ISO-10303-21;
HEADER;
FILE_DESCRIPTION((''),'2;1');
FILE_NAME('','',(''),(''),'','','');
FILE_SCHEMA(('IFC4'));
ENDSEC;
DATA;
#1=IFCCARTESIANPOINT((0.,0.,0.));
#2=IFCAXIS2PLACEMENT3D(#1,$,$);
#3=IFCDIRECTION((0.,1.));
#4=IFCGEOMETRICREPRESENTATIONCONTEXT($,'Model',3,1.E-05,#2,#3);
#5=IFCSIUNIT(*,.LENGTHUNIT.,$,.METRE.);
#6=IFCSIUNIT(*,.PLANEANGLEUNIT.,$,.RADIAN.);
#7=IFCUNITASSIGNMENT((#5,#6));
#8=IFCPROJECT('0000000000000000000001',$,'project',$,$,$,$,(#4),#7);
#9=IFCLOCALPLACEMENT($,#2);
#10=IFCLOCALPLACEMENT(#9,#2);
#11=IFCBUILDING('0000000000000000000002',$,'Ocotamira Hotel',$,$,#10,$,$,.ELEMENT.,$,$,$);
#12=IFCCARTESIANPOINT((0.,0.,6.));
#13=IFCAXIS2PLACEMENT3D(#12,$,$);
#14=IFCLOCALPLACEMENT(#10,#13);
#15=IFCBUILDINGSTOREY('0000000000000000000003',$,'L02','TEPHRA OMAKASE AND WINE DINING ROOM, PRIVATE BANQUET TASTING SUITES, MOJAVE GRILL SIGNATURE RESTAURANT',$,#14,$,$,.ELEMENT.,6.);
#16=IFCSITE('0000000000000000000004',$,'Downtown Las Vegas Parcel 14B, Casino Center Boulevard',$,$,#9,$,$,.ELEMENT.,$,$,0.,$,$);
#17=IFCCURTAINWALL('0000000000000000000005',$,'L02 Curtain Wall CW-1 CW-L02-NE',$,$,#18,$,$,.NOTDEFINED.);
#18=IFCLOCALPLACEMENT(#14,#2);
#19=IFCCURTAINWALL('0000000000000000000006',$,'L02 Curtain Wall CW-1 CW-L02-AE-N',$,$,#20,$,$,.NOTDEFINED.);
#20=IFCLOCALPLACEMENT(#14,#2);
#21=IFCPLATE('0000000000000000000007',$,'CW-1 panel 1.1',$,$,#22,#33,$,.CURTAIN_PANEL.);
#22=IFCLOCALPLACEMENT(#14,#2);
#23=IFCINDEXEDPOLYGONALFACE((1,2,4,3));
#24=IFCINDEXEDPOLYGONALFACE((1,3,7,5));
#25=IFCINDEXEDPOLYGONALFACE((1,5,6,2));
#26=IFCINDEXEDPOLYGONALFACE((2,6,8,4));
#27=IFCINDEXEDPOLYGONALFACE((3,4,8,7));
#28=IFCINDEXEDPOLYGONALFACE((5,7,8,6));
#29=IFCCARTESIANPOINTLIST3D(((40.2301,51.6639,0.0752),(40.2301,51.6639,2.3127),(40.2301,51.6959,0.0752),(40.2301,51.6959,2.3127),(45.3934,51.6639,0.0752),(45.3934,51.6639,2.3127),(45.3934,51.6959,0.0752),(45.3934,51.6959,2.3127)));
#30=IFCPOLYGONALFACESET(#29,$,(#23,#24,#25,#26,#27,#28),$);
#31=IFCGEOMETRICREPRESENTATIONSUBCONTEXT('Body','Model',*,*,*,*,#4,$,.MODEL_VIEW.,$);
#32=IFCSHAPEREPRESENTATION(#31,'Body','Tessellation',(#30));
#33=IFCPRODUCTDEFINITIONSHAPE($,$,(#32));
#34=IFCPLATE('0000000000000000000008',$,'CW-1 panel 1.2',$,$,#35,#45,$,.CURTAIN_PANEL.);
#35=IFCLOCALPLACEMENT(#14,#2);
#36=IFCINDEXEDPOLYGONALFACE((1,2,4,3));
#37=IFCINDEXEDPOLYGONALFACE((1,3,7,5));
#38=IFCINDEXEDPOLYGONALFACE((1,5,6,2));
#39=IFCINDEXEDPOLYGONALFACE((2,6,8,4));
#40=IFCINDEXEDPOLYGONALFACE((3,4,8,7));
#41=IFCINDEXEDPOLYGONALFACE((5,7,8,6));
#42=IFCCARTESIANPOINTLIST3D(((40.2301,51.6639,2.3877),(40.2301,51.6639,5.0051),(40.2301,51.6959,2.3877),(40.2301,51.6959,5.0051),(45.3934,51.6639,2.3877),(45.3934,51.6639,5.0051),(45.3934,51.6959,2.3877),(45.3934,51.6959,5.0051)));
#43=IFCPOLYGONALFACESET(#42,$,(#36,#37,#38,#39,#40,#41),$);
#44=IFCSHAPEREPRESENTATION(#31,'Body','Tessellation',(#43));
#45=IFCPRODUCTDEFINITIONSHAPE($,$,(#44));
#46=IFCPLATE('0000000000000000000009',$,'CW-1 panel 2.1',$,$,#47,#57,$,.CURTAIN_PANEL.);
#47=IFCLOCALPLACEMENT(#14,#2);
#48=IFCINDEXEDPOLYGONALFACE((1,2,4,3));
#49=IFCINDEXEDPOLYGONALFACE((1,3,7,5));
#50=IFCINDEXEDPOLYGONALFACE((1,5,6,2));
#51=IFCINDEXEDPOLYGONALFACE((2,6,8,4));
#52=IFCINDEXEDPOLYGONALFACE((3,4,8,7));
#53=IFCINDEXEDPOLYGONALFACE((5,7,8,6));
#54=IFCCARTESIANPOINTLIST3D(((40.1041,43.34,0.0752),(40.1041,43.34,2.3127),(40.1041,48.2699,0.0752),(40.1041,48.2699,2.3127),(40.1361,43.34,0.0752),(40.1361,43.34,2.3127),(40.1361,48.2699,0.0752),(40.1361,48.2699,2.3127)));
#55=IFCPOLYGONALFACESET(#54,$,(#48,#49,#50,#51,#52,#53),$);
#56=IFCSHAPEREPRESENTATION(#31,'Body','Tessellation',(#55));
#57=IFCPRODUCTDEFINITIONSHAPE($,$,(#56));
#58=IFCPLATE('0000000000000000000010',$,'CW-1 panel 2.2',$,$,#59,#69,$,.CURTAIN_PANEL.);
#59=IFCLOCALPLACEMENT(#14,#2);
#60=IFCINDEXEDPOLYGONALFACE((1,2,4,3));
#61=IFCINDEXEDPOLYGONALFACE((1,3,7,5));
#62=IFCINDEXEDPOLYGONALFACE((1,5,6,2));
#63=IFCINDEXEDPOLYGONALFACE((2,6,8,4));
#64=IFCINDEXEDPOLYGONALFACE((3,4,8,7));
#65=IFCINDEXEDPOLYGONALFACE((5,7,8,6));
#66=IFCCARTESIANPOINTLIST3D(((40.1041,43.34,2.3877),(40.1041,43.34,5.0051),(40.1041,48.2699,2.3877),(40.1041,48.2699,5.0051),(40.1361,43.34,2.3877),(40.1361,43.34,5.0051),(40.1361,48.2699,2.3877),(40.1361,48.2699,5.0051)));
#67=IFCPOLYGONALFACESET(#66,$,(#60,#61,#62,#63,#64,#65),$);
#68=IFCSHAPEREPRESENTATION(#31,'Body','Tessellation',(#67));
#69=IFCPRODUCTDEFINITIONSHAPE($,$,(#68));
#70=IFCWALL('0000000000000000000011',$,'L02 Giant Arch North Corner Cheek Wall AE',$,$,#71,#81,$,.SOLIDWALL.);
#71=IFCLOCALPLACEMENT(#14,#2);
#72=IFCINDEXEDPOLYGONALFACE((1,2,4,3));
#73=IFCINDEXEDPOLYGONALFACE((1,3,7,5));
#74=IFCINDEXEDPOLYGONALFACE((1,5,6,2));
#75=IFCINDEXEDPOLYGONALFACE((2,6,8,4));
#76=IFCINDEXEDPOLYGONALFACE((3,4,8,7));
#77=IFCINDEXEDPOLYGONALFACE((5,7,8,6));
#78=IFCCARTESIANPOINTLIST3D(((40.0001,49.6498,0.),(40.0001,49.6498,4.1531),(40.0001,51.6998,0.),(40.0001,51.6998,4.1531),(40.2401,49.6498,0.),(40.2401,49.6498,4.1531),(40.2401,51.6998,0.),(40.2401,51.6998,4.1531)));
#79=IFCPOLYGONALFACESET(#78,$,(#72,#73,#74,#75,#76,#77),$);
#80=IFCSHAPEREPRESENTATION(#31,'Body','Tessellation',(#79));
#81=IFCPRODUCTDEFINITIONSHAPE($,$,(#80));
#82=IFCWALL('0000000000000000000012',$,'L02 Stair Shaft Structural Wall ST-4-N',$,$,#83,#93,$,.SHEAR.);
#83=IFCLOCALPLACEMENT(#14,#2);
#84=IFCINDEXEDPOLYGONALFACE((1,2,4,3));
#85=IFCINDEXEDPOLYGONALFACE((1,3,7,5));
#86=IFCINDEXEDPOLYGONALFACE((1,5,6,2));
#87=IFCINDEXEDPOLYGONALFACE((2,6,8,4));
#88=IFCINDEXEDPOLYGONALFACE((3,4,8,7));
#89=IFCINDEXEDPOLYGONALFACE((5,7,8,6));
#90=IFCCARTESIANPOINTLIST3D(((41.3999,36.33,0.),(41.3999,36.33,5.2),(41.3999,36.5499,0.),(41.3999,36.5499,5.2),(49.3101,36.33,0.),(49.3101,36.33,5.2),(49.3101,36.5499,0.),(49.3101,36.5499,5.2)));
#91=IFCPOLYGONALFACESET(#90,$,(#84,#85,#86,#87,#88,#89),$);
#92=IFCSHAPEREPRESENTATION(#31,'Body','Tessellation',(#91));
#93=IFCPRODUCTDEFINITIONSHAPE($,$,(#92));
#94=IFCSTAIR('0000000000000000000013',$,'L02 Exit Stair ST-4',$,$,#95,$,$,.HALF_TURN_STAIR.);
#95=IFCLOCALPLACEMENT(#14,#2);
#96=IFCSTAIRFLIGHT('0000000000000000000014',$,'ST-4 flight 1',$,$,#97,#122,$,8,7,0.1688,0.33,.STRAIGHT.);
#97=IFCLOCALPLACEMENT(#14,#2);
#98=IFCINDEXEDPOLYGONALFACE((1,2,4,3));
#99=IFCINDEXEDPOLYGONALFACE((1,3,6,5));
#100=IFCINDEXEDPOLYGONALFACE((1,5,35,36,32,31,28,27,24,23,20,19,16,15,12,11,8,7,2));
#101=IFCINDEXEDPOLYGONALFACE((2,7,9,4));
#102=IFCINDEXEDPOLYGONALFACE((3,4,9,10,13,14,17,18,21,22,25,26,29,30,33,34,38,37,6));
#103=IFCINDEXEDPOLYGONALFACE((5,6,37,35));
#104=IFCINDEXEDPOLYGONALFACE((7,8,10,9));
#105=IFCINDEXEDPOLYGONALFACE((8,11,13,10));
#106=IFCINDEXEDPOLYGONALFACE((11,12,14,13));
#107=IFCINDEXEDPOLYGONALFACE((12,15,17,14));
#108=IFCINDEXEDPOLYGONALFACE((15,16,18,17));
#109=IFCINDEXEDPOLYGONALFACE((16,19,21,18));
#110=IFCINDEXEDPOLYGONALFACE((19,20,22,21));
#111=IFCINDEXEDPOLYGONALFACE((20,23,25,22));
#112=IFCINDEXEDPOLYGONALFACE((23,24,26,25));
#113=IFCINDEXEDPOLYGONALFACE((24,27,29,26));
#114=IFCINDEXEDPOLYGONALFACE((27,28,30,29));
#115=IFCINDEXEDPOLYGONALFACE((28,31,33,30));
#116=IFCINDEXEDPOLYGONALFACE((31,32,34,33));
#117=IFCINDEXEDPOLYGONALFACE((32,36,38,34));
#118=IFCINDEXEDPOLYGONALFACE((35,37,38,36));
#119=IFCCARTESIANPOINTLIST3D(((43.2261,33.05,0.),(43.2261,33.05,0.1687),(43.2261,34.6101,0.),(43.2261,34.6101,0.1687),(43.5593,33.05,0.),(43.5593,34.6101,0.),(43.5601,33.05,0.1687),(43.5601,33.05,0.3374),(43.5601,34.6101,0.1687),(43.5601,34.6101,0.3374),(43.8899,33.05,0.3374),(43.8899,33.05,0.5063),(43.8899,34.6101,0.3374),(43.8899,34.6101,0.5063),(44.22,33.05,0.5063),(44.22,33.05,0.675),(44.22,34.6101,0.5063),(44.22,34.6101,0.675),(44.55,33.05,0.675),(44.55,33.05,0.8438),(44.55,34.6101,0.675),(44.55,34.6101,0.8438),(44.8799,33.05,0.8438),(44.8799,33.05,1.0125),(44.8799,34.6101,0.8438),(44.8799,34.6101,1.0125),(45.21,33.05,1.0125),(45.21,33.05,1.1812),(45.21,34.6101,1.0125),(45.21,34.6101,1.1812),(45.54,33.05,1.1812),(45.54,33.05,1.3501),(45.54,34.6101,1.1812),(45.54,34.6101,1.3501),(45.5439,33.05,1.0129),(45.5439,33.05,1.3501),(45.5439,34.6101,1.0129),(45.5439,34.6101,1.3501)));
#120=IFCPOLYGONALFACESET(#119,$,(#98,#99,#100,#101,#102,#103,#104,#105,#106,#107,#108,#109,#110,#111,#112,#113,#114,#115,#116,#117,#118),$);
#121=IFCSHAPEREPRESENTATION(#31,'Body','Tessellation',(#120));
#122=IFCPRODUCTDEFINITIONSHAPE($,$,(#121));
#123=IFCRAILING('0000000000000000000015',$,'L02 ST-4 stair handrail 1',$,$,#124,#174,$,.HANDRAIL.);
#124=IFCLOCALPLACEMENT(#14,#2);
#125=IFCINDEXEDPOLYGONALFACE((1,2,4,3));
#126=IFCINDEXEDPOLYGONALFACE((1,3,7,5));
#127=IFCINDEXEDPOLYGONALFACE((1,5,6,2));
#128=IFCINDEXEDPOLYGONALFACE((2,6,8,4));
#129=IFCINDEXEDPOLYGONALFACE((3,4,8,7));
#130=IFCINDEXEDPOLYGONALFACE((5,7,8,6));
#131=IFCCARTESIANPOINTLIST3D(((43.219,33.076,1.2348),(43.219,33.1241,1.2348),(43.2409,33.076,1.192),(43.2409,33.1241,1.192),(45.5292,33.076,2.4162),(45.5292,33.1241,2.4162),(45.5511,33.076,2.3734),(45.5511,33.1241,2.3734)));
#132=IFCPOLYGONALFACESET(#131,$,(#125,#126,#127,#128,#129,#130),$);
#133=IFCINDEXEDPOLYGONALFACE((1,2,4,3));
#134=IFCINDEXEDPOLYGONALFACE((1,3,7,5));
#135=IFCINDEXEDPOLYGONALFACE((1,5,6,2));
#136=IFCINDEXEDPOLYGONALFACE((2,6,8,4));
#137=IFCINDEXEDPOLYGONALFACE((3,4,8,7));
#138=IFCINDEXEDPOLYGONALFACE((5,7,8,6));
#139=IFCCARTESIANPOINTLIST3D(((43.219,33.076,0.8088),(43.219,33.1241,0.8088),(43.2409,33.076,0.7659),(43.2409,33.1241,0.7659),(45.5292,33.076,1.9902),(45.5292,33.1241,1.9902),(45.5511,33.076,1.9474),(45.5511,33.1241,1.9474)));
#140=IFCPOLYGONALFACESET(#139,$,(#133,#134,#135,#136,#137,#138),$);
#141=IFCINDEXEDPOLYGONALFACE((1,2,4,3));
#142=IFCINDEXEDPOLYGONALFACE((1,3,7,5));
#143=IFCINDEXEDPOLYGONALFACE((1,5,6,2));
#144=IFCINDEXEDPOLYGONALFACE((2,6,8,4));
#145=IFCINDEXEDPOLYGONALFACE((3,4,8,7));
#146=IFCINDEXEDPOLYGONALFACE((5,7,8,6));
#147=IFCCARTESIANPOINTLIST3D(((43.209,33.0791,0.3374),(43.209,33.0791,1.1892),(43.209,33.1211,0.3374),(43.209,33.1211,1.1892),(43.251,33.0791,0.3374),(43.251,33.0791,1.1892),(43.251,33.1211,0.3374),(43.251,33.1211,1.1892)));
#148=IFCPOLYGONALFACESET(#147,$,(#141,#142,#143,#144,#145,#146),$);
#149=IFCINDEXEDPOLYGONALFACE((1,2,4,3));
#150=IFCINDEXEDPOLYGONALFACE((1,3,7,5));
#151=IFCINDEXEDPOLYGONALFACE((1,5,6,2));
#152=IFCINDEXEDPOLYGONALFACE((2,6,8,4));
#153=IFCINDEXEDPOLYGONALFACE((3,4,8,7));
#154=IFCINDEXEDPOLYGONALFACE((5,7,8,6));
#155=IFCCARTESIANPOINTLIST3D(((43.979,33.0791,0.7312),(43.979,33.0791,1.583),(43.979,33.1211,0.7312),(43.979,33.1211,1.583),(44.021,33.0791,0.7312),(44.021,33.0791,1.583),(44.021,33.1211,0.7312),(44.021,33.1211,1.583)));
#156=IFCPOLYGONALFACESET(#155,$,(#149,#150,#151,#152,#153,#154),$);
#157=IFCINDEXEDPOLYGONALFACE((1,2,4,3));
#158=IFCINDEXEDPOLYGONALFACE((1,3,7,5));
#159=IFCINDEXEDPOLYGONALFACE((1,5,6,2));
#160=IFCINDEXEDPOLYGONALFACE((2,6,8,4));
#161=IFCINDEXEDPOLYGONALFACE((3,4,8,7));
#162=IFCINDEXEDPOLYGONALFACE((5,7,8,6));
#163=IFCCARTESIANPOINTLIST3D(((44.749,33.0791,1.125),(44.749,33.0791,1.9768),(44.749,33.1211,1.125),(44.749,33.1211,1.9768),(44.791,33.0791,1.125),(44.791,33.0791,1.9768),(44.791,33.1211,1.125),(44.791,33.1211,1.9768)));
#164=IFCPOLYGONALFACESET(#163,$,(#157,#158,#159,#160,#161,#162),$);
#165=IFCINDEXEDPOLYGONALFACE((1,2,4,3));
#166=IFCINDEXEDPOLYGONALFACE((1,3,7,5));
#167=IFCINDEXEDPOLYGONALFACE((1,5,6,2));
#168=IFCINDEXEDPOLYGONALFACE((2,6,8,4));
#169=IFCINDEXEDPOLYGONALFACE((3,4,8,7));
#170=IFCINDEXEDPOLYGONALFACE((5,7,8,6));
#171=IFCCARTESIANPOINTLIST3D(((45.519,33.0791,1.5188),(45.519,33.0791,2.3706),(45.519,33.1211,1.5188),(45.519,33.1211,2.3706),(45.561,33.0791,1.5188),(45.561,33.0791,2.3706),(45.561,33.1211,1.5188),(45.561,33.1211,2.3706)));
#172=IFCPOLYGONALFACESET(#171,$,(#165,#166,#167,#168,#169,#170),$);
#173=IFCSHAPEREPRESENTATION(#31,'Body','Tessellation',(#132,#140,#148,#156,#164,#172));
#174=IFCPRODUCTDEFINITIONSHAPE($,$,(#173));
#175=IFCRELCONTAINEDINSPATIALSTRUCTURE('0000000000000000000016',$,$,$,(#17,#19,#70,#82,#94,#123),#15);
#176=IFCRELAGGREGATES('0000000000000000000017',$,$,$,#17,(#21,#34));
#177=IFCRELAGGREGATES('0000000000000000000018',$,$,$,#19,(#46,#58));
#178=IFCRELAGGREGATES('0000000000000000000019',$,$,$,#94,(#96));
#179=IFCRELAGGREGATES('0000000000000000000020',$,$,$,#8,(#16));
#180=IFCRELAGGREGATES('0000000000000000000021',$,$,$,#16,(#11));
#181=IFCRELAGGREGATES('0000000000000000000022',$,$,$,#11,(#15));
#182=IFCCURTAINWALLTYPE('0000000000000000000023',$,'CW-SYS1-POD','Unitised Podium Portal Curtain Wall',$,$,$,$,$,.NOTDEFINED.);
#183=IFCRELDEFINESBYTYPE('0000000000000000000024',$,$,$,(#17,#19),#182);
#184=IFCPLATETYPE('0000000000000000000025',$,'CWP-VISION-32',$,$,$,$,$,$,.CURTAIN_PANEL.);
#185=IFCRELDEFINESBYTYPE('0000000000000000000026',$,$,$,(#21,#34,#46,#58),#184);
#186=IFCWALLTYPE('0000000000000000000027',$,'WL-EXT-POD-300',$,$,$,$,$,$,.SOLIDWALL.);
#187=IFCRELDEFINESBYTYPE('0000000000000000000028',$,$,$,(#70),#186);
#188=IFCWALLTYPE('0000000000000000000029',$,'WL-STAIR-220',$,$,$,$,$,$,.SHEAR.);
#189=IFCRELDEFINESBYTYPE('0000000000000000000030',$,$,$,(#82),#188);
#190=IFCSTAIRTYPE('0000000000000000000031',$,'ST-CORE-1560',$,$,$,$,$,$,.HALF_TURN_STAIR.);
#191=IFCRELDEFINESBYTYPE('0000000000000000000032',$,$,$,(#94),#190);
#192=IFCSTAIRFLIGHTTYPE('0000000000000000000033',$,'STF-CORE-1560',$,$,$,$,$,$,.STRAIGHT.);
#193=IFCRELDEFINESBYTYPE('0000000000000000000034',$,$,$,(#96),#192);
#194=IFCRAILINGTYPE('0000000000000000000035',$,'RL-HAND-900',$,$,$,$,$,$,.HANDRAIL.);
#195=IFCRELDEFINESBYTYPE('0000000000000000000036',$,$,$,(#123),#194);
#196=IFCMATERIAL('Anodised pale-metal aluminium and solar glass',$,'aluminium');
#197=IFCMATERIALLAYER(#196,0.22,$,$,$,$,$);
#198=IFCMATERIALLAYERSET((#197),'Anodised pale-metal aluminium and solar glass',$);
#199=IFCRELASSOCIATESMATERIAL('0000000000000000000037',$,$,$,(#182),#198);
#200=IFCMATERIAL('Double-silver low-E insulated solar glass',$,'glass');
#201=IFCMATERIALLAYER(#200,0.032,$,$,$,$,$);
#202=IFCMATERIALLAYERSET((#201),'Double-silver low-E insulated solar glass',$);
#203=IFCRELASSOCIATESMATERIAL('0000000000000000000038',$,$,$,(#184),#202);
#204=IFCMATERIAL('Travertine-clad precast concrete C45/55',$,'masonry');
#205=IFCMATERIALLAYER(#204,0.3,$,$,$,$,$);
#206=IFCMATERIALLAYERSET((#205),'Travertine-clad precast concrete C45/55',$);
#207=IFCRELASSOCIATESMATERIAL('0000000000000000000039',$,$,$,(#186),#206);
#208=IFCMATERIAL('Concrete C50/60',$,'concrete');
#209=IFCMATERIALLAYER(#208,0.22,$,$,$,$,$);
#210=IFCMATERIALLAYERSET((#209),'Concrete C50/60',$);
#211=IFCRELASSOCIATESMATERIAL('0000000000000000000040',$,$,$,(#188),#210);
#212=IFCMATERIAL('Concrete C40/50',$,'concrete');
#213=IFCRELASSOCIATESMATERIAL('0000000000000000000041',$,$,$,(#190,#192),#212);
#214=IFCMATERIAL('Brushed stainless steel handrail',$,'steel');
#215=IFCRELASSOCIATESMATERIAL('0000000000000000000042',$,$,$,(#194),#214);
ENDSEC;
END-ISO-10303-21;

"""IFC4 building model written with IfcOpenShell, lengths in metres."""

from ifc_helpers import new_model, si_unit, direction, frame, frame_2d, origin, origin_2d, place, context, subcontext, project, spatial, polyline, rectangle, outline, extrude, source, transform, mapped, material, layer, layer_set, type_object, element, aggregate, save


model = new_model("IFC4")

# Units and contexts
model_context = context("Model", 3, precision=1e-05, world=origin(), true_north=direction((0.0, 1.0)))
body_context = subcontext(model_context, "Body", "Model", "MODEL_VIEW")
ifc_project = project(units=[si_unit("LENGTHUNIT", "METRE"), si_unit("PLANEANGLEUNIT", "RADIAN")], contexts=[model_context])

# Site, building, storey
site_placement = place(None, origin())
site = spatial("IfcSite", under=ifc_project, at=site_placement, Name="Downtown Las Vegas Parcel 14B, Casino Center Boulevard", CompositionType="ELEMENT", RefElevation=0.0)
building_placement = place(site_placement, origin())
building = spatial("IfcBuilding", under=site, at=building_placement, Name="Ocotamira Hotel", CompositionType="ELEMENT")
storey_placement = place(building_placement, frame((0.0, 0.0, 6.0)))
storey = spatial("IfcBuildingStorey", under=building, at=storey_placement, Name="L02", Description="TEPHRA OMAKASE AND WINE DINING ROOM, PRIVATE BANQUET TASTING SUITES, MOJAVE GRILL SIGNATURE RESTAURANT", CompositionType="ELEMENT", Elevation=6.0)

# Curtain walls
ifc_material_1 = material(Name="Anodised pale-metal aluminium and solar glass", Category="aluminium")
ifc_layer_1 = layer(ifc_material_1, 0.22)
ifc_layer_set_1 = layer_set([ifc_layer_1], Name="Anodised pale-metal aluminium and solar glass")
curtain_wall_type = type_object("IfcCurtainWallType", Name="CW-SYS1-POD", Description="Unitised Podium Portal Curtain Wall", PredefinedType="NOTDEFINED", material=ifc_layer_set_1)
curtain_wall_1_placement = place(storey_placement, origin())
curtain_wall_1 = element("IfcCurtainWall", 1, at=curtain_wall_1_placement, inside=storey, type_object=curtain_wall_type, Name="L02 Curtain Wall CW-1 CW-L02-NE", PredefinedType="NOTDEFINED")
curtain_wall_2_placement = place(storey_placement, origin())
curtain_wall_2 = element("IfcCurtainWall", 2, at=curtain_wall_2_placement, inside=storey, type_object=curtain_wall_type, Name="L02 Curtain Wall CW-1 CW-L02-AE-N", PredefinedType="NOTDEFINED")

# Plates
ifc_material_2 = material(Name="Double-silver low-E insulated solar glass", Category="glass")
ifc_layer_2 = layer(ifc_material_2, 0.032)
ifc_layer_set_2 = layer_set([ifc_layer_2], Name="Double-silver low-E insulated solar glass")
plate_type_1 = type_object("IfcPlateType", Name="CWP-VISION-32", PredefinedType="CURTAIN_PANEL", material=ifc_layer_set_2)
shared_shape_1 = source(origin(), body_context, "Body", "SweptSolid", [
    extrude(rectangle(XDim=5.1633, YDim=0.032, at=origin_2d()), origin(), (0.0, 0.0, 1.0), 2.2375),
])
plate_1_placement = place(storey_placement, frame((42.8118, 51.6799, 0.0752), z_axis=(0.0, 0.0, 1.0), x_axis=(1.0, 0.0, 0.0)))
plate_1 = element("IfcPlate", 3, at=plate_1_placement, type_object=plate_type_1, Name="CW-1 panel 1.1", PredefinedType="CURTAIN_PANEL", context=body_context, shape_type="MappedRepresentation", body=[
    mapped(shared_shape_1, transform((0.0, 0.0, 0.0), scale=1.0)),
])
shared_shape_2 = source(origin(), body_context, "Body", "SweptSolid", [
    extrude(rectangle(XDim=5.1633, YDim=0.032, at=origin_2d()), origin(), (0.0, 0.0, 1.0), 2.6174),
])
plate_2_placement = place(storey_placement, frame((42.8118, 51.6799, 2.3877), z_axis=(0.0, 0.0, 1.0), x_axis=(1.0, 0.0, 0.0)))
plate_2 = element("IfcPlate", 4, at=plate_2_placement, type_object=plate_type_1, Name="CW-1 panel 1.2", PredefinedType="CURTAIN_PANEL", context=body_context, shape_type="MappedRepresentation", body=[
    mapped(shared_shape_2, transform((0.0, 0.0, 0.0), scale=1.0)),
])
aggregate(curtain_wall_1, [plate_1, plate_2])
shared_shape_3 = source(origin(), body_context, "Body", "SweptSolid", [
    extrude(rectangle(XDim=4.9299, YDim=0.032, at=origin_2d()), origin(), (0.0, 0.0, 1.0), 2.2375),
])
plate_3_placement = place(storey_placement, frame((40.1201, 45.8049, 0.0752), z_axis=(0.0, 0.0, 1.0), x_axis=(0.0, 1.0, 0.0)))
plate_3 = element("IfcPlate", 5, at=plate_3_placement, type_object=plate_type_1, Name="CW-1 panel 2.1", PredefinedType="CURTAIN_PANEL", context=body_context, shape_type="MappedRepresentation", body=[
    mapped(shared_shape_3, transform((0.0, 0.0, 0.0), scale=1.0)),
])
shared_shape_4 = source(origin(), body_context, "Body", "SweptSolid", [
    extrude(rectangle(XDim=4.9299, YDim=0.032, at=origin_2d()), origin(), (0.0, 0.0, 1.0), 2.6174),
])
plate_4_placement = place(storey_placement, frame((40.1201, 45.8049, 2.3877), z_axis=(0.0, 0.0, 1.0), x_axis=(0.0, 1.0, 0.0)))
plate_4 = element("IfcPlate", 6, at=plate_4_placement, type_object=plate_type_1, Name="CW-1 panel 2.2", PredefinedType="CURTAIN_PANEL", context=body_context, shape_type="MappedRepresentation", body=[
    mapped(shared_shape_4, transform((0.0, 0.0, 0.0), scale=1.0)),
])
aggregate(curtain_wall_2, [plate_3, plate_4])

# Walls
ifc_material_3 = material(Name="Travertine-clad precast concrete C45/55", Category="masonry")
ifc_layer_3 = layer(ifc_material_3, 0.3)
ifc_layer_set_3 = layer_set([ifc_layer_3], Name="Travertine-clad precast concrete C45/55")
wall_type_1 = type_object("IfcWallType", Name="WL-EXT-POD-300", PredefinedType="SOLIDWALL", material=ifc_layer_set_3)
wall_1_placement = place(storey_placement, frame((40.1201, 49.6499, 0.0), z_axis=(0.0, 0.0, 1.0), x_axis=(0.0, 1.0, 0.0)))
element("IfcWall", 7, at=wall_1_placement, inside=storey, type_object=wall_type_1, Name="L02 Giant Arch North Corner Cheek Wall AE", PredefinedType="SOLIDWALL", context=body_context, shape_type="SweptSolid", body=[
    extrude(rectangle(XDim=2.05, YDim=0.24, at=frame_2d((1.0249, 0.0))), origin(), (0.0, 0.0, 1.0), 4.1531),
])
ifc_material_4 = material(Name="Concrete C50/60", Category="concrete")
ifc_layer_4 = layer(ifc_material_4, 0.22)
ifc_layer_set_4 = layer_set([ifc_layer_4], Name="Concrete C50/60")
wall_type_2 = type_object("IfcWallType", Name="WL-STAIR-220", PredefinedType="SHEAR", material=ifc_layer_set_4)
wall_2_placement = place(storey_placement, frame((41.3999, 36.4399, 0.0), z_axis=(0.0, 0.0, 1.0), x_axis=(1.0, 0.0, 0.0)))
element("IfcWall", 8, at=wall_2_placement, inside=storey, type_object=wall_type_2, Name="L02 Stair Shaft Structural Wall ST-4-N", PredefinedType="SHEAR", context=body_context, shape_type="SweptSolid", body=[
    extrude(rectangle(XDim=7.9102, YDim=0.22, at=frame_2d((3.9551, 0.0))), origin(), (0.0, 0.0, 1.0), 5.2),
])

# Stair, stair flight
ifc_material_5 = material(Name="Concrete C40/50", Category="concrete")
stair_type = type_object("IfcStairType", Name="ST-CORE-1560", PredefinedType="HALF_TURN_STAIR", material=ifc_material_5)
stair_placement = place(storey_placement, origin())
stair = element("IfcStair", 9, at=stair_placement, inside=storey, type_object=stair_type, Name="L02 Exit Stair ST-4", PredefinedType="HALF_TURN_STAIR")
stair_flight_type = type_object("IfcStairFlightType", Name="STF-CORE-1560", PredefinedType="STRAIGHT", material=ifc_material_5)
shared_shape_5 = source(origin(), body_context, "Body", "SweptSolid", [
    extrude(outline(polyline([(-0.0039, 0.0), (-0.0039, 0.1687), (0.3301, 0.1687), (0.3301, 0.3374), (0.6599, 0.3374), (0.6599, 0.5063), (0.99, 0.5063), (0.99, 0.675), (1.3201, 0.675), (1.3201, 0.8438), (1.6499, 0.8438), (1.6499, 1.0125), (1.98, 1.0125), (1.98, 1.1812), (2.3101, 1.1812), (2.3101, 1.3501), (2.314, 1.3501), (2.314, 1.0129), (0.3293, 0.0), (-0.0039, 0.0)])), frame((0.0, 0.78, 0.0), z_axis=(0.0, -1.0, 0.0), x_axis=(1.0, 0.0, 0.0)), (0.0, 0.0, 1.0), 1.5601),
])
stair_flight_placement = place(storey_placement, frame((43.23, 33.8301, 0.0), z_axis=(0.0, 0.0, 1.0), x_axis=(1.0, 0.0, 0.0)))
stair_flight = element("IfcStairFlight", 10, at=stair_flight_placement, type_object=stair_flight_type, Name="ST-4 flight 1", NumberOfRisers=8, NumberOfTreads=7, PredefinedType="STRAIGHT", RiserHeight=0.1688, TreadLength=0.33, context=body_context, shape_type="MappedRepresentation", body=[
    mapped(shared_shape_5, transform((0.0, 0.0, 0.0), scale=1.0)),
])
aggregate(stair, [stair_flight])

# Railing
ifc_material_6 = material(Name="Brushed stainless steel handrail", Category="steel")
railing_type_1 = type_object("IfcRailingType", Name="RL-HAND-900", PredefinedType="HANDRAIL", material=ifc_material_6)
railing_1_placement = place(storey_placement, frame((43.23, 33.1001, 0.3374)))
element("IfcRailing", 11, at=railing_1_placement, inside=storey, type_object=railing_type_1, Name="L02 ST-4 stair handrail 1", PredefinedType="HANDRAIL", context=body_context, shape_type="SweptSolid", body=[
    extrude(rectangle(XDim=0.0481, YDim=0.0481, at=origin_2d()), frame((0.0, 0.0, 0.876), z_axis=(0.890325, 0.0, 0.455325), x_axis=(0.0, 1.0, 0.0)), (0.0, 0.0, 1.0), 2.5947),
    extrude(rectangle(XDim=0.0481, YDim=0.0481, at=origin_2d()), frame((0.0, 0.0, 0.45), z_axis=(0.890325, 0.0, 0.455325), x_axis=(0.0, 1.0, 0.0)), (0.0, 0.0, 1.0), 2.5947),
    extrude(rectangle(XDim=0.042, YDim=0.042, at=origin_2d()), origin(), (0.0, 0.0, 1.0), 0.8518),
    extrude(rectangle(XDim=0.042, YDim=0.042, at=origin_2d()), frame((0.77, 0.0, 0.3938)), (0.0, 0.0, 1.0), 0.8518),
    extrude(rectangle(XDim=0.042, YDim=0.042, at=origin_2d()), frame((1.54, 0.0, 0.7876)), (0.0, 0.0, 1.0), 0.8518),
    extrude(rectangle(XDim=0.042, YDim=0.042, at=origin_2d()), frame((2.3101, 0.0, 1.1814)), (0.0, 0.0, 1.0), 0.8518),
])

save(model, "model.ifc")
